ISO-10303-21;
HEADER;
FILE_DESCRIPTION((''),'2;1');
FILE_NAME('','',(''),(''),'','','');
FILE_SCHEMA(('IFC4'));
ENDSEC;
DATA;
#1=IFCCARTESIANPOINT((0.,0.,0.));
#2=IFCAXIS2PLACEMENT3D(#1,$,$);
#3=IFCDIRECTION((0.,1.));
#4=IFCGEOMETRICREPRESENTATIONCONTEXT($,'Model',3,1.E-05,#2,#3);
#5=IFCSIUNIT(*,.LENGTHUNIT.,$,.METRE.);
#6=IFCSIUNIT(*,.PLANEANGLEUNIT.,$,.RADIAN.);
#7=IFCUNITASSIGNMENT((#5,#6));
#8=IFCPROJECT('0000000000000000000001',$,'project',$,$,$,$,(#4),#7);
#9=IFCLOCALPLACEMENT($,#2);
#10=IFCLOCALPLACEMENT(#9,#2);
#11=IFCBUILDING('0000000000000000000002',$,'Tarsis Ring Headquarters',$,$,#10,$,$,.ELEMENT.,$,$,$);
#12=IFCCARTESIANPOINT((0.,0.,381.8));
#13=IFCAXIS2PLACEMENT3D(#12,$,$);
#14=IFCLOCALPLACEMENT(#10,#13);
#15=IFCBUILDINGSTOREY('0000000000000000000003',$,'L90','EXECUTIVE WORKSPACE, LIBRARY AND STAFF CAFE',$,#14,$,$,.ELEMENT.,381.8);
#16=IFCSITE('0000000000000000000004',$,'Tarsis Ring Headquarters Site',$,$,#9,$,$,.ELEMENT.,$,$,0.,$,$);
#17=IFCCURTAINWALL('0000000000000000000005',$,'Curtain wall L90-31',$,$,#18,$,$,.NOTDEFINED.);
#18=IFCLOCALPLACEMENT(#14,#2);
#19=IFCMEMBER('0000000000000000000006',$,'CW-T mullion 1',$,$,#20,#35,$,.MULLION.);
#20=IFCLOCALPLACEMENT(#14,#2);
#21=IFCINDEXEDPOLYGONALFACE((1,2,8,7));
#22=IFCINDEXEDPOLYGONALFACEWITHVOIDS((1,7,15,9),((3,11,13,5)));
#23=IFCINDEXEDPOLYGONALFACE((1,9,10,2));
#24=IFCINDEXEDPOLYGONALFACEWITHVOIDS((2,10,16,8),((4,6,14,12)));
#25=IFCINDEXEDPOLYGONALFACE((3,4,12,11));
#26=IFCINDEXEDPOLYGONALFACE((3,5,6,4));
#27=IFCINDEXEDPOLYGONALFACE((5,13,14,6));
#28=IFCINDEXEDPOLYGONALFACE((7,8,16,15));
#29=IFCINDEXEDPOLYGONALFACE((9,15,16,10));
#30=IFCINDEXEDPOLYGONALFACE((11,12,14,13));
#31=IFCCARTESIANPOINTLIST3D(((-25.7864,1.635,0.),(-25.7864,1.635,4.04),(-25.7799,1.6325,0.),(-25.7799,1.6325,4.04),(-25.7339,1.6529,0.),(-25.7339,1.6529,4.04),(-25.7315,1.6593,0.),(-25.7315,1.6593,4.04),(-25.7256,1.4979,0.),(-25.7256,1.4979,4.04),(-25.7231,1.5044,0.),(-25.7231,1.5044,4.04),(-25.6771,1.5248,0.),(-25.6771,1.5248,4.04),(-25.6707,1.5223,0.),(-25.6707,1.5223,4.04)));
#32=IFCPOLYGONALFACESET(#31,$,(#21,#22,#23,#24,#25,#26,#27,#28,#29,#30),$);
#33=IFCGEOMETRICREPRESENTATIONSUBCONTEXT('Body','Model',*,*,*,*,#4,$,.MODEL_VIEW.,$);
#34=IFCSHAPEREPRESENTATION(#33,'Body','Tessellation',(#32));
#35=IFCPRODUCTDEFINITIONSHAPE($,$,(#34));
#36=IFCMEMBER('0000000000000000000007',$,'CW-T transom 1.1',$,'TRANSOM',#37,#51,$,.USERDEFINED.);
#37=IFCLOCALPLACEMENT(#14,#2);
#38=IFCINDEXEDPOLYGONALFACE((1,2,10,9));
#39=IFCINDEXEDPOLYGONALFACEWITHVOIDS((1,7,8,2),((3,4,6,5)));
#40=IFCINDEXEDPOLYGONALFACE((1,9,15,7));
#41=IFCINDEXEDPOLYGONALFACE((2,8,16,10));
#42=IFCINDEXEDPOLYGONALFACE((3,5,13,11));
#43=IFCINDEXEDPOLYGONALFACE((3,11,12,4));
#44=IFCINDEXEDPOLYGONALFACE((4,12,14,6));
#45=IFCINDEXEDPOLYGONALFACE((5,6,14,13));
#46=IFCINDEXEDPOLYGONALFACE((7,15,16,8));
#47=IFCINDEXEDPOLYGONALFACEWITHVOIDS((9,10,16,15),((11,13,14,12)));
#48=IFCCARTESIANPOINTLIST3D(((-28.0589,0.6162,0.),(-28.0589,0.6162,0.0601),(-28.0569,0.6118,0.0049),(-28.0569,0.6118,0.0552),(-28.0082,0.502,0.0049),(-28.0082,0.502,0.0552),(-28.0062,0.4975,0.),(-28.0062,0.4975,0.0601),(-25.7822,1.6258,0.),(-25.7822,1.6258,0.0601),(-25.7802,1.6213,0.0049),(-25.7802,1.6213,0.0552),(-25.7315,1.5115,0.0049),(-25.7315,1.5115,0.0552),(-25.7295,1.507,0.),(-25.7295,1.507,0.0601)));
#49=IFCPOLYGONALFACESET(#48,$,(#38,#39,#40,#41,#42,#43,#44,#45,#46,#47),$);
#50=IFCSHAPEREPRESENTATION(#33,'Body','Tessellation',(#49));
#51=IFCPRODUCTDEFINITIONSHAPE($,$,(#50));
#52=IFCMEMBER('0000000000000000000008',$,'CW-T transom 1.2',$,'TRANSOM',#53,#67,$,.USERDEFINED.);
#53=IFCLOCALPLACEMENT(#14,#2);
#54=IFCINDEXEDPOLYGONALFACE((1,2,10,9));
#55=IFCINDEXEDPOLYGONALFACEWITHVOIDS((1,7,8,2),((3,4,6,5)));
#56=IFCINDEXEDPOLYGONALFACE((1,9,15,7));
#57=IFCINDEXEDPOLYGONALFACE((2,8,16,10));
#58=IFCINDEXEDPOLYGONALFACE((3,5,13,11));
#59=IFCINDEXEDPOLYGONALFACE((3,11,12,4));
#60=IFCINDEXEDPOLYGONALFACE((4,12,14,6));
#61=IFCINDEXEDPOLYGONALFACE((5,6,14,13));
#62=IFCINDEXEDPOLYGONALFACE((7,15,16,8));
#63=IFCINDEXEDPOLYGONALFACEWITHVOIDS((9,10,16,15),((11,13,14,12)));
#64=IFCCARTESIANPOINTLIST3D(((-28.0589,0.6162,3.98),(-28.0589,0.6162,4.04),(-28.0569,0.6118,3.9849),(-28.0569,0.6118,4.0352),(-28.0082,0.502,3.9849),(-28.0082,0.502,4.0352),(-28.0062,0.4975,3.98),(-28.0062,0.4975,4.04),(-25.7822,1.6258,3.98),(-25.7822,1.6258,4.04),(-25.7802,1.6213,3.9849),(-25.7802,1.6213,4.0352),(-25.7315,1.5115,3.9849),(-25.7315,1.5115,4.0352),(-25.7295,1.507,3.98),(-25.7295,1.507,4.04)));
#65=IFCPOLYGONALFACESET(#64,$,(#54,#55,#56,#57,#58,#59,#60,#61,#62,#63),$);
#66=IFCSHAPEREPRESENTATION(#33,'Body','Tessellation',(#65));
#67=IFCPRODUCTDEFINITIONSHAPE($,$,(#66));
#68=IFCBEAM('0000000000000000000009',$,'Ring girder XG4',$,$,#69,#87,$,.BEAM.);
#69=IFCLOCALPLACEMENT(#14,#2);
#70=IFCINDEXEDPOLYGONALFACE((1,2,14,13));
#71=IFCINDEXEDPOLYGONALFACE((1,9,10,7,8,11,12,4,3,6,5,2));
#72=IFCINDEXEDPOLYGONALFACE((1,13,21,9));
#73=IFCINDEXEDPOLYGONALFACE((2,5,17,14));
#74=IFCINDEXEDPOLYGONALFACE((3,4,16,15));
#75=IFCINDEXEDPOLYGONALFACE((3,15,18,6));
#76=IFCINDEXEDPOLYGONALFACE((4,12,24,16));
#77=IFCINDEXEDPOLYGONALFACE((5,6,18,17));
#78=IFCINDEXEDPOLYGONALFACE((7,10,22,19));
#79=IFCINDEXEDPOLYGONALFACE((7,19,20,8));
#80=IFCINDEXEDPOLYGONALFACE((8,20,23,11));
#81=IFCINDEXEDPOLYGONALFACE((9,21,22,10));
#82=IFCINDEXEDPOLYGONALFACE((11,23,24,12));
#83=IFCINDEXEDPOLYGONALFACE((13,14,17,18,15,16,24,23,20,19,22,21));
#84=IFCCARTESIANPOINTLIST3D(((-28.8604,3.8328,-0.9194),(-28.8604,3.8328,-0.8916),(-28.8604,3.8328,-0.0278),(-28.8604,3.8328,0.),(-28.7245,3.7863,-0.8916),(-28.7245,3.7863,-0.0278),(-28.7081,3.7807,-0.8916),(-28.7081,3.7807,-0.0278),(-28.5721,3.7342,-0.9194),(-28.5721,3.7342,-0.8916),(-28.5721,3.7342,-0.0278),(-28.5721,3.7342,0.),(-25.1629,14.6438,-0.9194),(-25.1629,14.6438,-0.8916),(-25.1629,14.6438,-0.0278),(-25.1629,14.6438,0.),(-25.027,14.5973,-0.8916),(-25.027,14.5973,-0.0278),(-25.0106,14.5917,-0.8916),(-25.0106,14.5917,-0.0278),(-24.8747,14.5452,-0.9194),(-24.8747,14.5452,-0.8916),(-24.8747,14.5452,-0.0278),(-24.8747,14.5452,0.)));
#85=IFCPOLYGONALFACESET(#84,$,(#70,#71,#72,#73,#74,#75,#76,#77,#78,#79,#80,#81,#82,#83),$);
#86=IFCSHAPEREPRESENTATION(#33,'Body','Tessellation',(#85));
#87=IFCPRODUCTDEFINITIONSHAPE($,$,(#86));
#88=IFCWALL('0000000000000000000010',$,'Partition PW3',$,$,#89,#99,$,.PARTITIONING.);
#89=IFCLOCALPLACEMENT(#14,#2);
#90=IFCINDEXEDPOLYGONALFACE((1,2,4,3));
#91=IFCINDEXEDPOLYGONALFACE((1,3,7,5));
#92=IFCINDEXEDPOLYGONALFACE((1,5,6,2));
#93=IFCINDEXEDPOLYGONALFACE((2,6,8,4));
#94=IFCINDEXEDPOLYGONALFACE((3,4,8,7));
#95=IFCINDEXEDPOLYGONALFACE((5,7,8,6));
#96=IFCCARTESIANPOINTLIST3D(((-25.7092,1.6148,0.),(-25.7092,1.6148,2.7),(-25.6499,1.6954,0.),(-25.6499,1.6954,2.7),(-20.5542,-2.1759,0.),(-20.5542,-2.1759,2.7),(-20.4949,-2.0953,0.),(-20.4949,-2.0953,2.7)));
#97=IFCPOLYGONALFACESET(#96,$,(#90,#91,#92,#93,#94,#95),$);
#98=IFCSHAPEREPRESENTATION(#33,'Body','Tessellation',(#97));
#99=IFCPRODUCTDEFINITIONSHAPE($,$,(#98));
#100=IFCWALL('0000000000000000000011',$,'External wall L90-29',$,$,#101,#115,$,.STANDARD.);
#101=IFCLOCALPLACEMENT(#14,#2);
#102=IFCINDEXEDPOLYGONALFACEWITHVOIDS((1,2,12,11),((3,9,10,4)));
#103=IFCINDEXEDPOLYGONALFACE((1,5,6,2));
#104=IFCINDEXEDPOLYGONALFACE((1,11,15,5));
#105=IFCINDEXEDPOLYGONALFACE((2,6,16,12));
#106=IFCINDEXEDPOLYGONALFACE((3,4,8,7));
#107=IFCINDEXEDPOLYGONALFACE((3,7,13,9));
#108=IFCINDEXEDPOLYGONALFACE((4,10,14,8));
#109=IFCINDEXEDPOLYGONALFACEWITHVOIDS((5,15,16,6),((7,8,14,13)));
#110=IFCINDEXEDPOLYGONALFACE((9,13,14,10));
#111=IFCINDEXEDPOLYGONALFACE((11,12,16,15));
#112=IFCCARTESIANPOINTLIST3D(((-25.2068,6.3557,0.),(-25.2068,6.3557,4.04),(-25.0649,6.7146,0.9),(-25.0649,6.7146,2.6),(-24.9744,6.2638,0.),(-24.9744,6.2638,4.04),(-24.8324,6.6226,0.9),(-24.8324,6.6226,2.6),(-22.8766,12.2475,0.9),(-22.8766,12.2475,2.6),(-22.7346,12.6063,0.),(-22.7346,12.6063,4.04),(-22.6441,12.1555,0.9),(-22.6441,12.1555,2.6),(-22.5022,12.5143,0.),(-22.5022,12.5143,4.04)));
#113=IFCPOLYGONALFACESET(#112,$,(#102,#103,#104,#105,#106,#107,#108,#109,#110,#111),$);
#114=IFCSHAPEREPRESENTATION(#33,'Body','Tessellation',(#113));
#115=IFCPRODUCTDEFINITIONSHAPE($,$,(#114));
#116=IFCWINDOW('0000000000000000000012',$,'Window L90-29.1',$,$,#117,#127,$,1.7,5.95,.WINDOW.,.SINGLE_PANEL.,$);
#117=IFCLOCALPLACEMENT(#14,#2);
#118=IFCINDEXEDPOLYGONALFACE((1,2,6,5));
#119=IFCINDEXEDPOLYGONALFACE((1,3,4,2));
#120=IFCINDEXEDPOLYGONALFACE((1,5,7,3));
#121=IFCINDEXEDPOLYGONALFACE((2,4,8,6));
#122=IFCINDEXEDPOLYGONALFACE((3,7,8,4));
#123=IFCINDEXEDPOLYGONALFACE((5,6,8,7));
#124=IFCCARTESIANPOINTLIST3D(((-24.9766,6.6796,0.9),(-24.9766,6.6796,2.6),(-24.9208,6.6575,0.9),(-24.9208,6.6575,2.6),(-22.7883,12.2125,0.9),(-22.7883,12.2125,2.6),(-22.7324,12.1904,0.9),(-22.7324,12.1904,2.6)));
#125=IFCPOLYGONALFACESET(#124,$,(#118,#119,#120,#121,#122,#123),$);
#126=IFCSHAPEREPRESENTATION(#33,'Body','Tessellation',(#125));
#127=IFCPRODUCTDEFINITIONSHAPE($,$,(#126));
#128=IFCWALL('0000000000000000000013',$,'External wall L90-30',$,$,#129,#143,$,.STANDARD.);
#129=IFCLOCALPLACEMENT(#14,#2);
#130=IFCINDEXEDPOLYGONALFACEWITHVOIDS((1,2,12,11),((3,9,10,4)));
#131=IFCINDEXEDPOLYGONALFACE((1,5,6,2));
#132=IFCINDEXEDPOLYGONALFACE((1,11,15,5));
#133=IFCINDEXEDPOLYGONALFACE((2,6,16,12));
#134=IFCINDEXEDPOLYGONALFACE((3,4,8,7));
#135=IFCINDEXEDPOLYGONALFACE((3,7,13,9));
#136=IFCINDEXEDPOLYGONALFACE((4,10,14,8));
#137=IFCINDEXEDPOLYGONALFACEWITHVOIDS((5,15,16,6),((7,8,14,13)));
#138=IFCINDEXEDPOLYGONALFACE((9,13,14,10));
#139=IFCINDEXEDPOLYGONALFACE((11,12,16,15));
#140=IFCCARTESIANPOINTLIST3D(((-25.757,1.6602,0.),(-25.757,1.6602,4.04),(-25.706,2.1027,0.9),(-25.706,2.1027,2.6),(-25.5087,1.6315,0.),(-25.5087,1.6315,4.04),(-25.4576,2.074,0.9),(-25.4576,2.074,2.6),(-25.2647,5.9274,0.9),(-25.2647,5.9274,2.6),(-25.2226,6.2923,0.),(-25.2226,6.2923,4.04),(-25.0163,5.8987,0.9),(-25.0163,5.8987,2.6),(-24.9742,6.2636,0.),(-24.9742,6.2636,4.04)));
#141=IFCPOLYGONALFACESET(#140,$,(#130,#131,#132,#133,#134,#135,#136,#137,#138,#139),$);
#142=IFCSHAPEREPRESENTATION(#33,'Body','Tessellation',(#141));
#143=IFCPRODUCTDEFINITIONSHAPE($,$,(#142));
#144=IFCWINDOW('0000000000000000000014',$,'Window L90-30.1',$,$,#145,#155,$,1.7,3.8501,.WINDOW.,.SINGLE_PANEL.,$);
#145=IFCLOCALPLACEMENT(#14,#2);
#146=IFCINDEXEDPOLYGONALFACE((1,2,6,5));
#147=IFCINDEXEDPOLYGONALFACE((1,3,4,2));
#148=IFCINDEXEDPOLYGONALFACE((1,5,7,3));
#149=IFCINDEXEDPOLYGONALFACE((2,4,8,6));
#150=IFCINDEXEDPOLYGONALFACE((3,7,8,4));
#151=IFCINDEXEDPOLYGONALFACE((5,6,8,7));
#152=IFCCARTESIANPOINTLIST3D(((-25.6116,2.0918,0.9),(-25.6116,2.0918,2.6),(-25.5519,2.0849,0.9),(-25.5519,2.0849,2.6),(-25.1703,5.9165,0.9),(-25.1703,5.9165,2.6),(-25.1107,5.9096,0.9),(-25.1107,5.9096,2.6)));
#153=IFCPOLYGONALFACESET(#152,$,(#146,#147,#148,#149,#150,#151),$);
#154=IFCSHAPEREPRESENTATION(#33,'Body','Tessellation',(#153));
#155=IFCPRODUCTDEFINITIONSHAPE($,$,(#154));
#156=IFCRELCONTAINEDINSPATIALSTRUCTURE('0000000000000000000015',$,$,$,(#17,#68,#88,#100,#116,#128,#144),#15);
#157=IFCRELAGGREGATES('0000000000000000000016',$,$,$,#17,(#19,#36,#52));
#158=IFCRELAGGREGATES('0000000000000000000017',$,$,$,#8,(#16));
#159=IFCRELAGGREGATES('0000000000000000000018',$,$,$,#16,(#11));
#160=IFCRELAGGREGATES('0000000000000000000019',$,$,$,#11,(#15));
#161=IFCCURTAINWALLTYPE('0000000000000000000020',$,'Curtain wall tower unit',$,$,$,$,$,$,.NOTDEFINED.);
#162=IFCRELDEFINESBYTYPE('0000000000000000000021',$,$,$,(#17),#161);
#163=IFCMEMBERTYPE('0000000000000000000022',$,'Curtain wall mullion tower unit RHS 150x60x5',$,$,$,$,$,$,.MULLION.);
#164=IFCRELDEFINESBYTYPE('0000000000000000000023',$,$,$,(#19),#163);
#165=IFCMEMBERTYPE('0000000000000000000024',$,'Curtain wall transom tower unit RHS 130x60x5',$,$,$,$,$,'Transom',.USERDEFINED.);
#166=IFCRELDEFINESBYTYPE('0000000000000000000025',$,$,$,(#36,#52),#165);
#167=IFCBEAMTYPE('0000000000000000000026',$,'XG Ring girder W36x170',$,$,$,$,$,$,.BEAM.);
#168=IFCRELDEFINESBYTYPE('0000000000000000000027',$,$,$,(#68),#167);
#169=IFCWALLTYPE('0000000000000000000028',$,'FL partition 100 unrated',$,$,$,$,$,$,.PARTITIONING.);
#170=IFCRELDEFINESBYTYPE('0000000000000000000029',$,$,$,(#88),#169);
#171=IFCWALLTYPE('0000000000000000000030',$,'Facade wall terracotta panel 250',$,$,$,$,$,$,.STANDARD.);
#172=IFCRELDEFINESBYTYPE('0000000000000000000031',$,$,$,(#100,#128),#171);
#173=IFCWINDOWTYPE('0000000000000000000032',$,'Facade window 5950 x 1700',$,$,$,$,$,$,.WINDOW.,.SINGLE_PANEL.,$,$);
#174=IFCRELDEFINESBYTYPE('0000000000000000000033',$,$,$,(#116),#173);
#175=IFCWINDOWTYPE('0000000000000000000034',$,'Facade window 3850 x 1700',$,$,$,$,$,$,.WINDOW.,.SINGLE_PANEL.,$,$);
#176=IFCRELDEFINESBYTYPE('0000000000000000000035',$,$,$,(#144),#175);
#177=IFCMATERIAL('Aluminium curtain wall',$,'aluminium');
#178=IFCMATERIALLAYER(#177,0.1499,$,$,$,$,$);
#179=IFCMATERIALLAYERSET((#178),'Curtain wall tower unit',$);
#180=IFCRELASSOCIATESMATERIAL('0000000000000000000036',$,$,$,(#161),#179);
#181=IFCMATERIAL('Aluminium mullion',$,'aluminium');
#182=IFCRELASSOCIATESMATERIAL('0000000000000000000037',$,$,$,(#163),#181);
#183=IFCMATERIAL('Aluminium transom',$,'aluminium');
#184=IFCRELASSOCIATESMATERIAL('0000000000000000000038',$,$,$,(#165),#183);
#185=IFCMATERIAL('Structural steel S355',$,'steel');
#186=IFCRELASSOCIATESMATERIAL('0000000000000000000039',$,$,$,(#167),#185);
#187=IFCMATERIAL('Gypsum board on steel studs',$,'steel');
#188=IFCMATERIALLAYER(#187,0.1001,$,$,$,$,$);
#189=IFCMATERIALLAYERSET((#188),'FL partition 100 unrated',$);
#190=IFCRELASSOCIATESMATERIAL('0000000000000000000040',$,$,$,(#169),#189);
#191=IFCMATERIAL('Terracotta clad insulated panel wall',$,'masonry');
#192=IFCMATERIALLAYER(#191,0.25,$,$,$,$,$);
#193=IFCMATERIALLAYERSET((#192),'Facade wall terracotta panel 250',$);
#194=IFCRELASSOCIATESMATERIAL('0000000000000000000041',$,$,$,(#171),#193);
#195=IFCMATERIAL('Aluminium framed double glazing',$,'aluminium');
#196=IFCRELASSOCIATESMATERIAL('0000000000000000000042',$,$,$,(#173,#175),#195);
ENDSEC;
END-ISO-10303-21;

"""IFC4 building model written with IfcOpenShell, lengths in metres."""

from ifc_helpers import new_model, si_unit, direction, frame, frame_2d, origin, origin_2d, place, context, subcontext, project, spatial, rectangle, hollow_rectangle, i_section, extrude, material, layer, layer_set, material_profile, profile_set, type_object, element, fill, aggregate, save


model = new_model("IFC4")

# Units and contexts
model_context = context("Model", 3, precision=1e-05, world=origin(), true_north=direction((0.0, 1.0)))
body_context = subcontext(model_context, "Body", "Model", "MODEL_VIEW")
ifc_project = project(units=[si_unit("LENGTHUNIT", "METRE"), si_unit("PLANEANGLEUNIT", "RADIAN")], contexts=[model_context])

# Site, building, storey
site_placement = place(None, origin())
site = spatial("IfcSite", under=ifc_project, at=site_placement, Name="Tarsis Ring Headquarters Site", CompositionType="ELEMENT", RefElevation=0.0)
building_placement = place(site_placement, origin())
building = spatial("IfcBuilding", under=site, at=building_placement, Name="Tarsis Ring Headquarters", CompositionType="ELEMENT")
storey_placement = place(building_placement, frame((0.0, 0.0, 381.8)))
storey = spatial("IfcBuildingStorey", under=building, at=storey_placement, Name="L90", Description="EXECUTIVE WORKSPACE, LIBRARY AND STAFF CAFE", CompositionType="ELEMENT", Elevation=381.8)

# Curtain wall, members
ifc_material_1 = material(Name="Aluminium curtain wall", Category="aluminium")
ifc_layer_1 = layer(ifc_material_1, 0.1499)
ifc_layer_set_1 = layer_set([ifc_layer_1], Name="Curtain wall tower unit")
curtain_wall_type = type_object("IfcCurtainWallType", Name="Curtain wall tower unit", PredefinedType="NOTDEFINED", material=ifc_layer_set_1)
curtain_wall_placement = place(storey_placement, origin())
curtain_wall = element("IfcCurtainWall", 1, at=curtain_wall_placement, inside=storey, type_object=curtain_wall_type, Name="Curtain wall L90-31", PredefinedType="NOTDEFINED")
ifc_material_2 = material(Name="Aluminium mullion", Category="aluminium")
ifc_material_profile_1 = material_profile(ifc_material_2, hollow_rectangle(XDim=0.1499, YDim=0.0601, WallThickness=0.0049, at=origin_2d()), Name="RHS 150x60x5")
ifc_profile_set_1 = profile_set([ifc_material_profile_1], Name="Aluminium mullion")
member_type_1 = type_object("IfcMemberType", Name="Curtain wall mullion tower unit RHS 150x60x5", PredefinedType="MULLION", material=ifc_profile_set_1)
member_1_placement = place(storey_placement, frame((-25.7285, 1.5786, 0.0), z_axis=(0.0, 0.0, 1.0), x_axis=(0.405461, -0.914112, 0.0)))
member_1 = element("IfcMember", 2, at=member_1_placement, type_object=member_type_1, Name="CW-T mullion 1", PredefinedType="MULLION", context=body_context, shape_type="SweptSolid", body=[
    extrude(hollow_rectangle(XDim=0.1499, YDim=0.0601, WallThickness=0.0049, at=origin_2d()), origin(), (0.0, 0.0, 1.0), 4.04),
])
ifc_material_3 = material(Name="Aluminium transom", Category="aluminium")
ifc_material_profile_2 = material_profile(ifc_material_3, hollow_rectangle(XDim=0.1299, YDim=0.0601, WallThickness=0.0049, at=origin_2d()), Name="RHS 130x60x5")
ifc_profile_set_2 = profile_set([ifc_material_profile_2], Name="Aluminium transom")
member_type_2 = type_object("IfcMemberType", Name="Curtain wall transom tower unit RHS 130x60x5", ElementType="Transom", PredefinedType="USERDEFINED", material=ifc_profile_set_2)
member_2_placement = place(storey_placement, frame((-25.7559, 1.5664, 0.03), z_axis=(-0.914155, -0.405365, 0.0), x_axis=(0.405365, -0.914155, 0.0)))
member_2 = element("IfcMember", 3, at=member_2_placement, type_object=member_type_2, Name="CW-T transom 1.1", ObjectType="TRANSOM", PredefinedType="USERDEFINED", context=body_context, shape_type="SweptSolid", body=[
    extrude(hollow_rectangle(XDim=0.1299, YDim=0.0601, WallThickness=0.0049, at=origin_2d()), origin(), (0.0, 0.0, 1.0), 2.4905),
])
member_3_placement = place(storey_placement, frame((-25.7559, 1.5664, 4.01), z_axis=(-0.914155, -0.405365, 0.0), x_axis=(0.405365, -0.914155, 0.0)))
member_3 = element("IfcMember", 4, at=member_3_placement, type_object=member_type_2, Name="CW-T transom 1.2", ObjectType="TRANSOM", PredefinedType="USERDEFINED", context=body_context, shape_type="SweptSolid", body=[
    extrude(hollow_rectangle(XDim=0.1299, YDim=0.0601, WallThickness=0.0049, at=origin_2d()), origin(), (0.0, 0.0, 1.0), 2.4905),
])
aggregate(curtain_wall, [member_1, member_2, member_3])

# Beam
ifc_material_4 = material(Name="Structural steel S355", Category="steel")
ifc_material_profile_3 = material_profile(ifc_material_4, i_section(OverallWidth=0.3047, OverallDepth=0.9194, WebThickness=0.0173, FlangeThickness=0.0278, at=origin_2d()), Name="W36x170")
ifc_profile_set_3 = profile_set([ifc_material_profile_3], Name="Structural steel S355")
beam_type = type_object("IfcBeamType", Name="XG Ring girder W36x170", PredefinedType="BEAM", material=ifc_profile_set_3)
beam_placement = place(storey_placement, frame((-25.0188, 14.5945, -0.4597), z_axis=(-0.323609, -0.946191, 0.0), x_axis=(0.946191, -0.323609, 0.0)))
element("IfcBeam", 5, at=beam_placement, inside=storey, type_object=beam_type, Name="Ring girder XG4", PredefinedType="BEAM", context=body_context, shape_type="SweptSolid", body=[
    extrude(i_section(OverallWidth=0.3047, OverallDepth=0.9194, WebThickness=0.0173, FlangeThickness=0.0278, at=origin_2d()), origin(), (0.0, 0.0, 1.0), 11.4258),
])

# Wall
ifc_material_5 = material(Name="Gypsum board on steel studs", Category="steel")
ifc_layer_2 = layer(ifc_material_5, 0.1001)
ifc_layer_set_2 = layer_set([ifc_layer_2], Name="FL partition 100 unrated")
wall_type_1 = type_object("IfcWallType", Name="FL partition 100 unrated", PredefinedType="PARTITIONING", material=ifc_layer_set_2)
wall_1_placement = place(storey_placement, frame((-25.6794, 1.655, 0.0), z_axis=(0.0, 0.0, 1.0), x_axis=(0.805628, -0.592422, 0.0)))
element("IfcWall", 6, at=wall_1_placement, inside=storey, type_object=wall_type_1, Name="Partition PW3", PredefinedType="PARTITIONING", context=body_context, shape_type="SweptSolid", body=[
    extrude(rectangle(XDim=6.3987, YDim=0.1001, at=frame_2d((3.1992, 0.0))), origin(), (0.0, 0.0, 1.0), 2.7),
])

# Walls, openings, windows
ifc_material_6 = material(Name="Terracotta clad insulated panel wall", Category="masonry")
ifc_layer_3 = layer(ifc_material_6, 0.25)
ifc_layer_set_3 = layer_set([ifc_layer_3], Name="Facade wall terracotta panel 250")
wall_type_2 = type_object("IfcWallType", Name="Facade wall terracotta panel 250", PredefinedType="STANDARD", material=ifc_layer_set_3)
wall_2_placement = place(storey_placement, frame((-22.6184, 12.5603, 0.0), z_axis=(0.0, 0.0, 1.0), x_axis=(-0.367793, -0.929908, 0.0)))
wall_2 = element("IfcWall", 7, at=wall_2_placement, inside=storey, type_object=wall_type_2, Name="External wall L90-29", PredefinedType="STANDARD", context=body_context, shape_type="SweptSolid", body=[
    extrude(rectangle(XDim=6.7217, YDim=0.25, at=frame_2d((3.3608, 0.0))), origin(), (0.0, 0.0, 1.0), 4.04),
])
opening_1_placement = place(wall_2_placement, frame((0.3857, 0.0, 0.8999)))
opening_1 = element("IfcOpeningElement", 8, at=opening_1_placement, cuts=wall_2, PredefinedType="OPENING", context=body_context, shape_type="SweptSolid", body=[
    extrude(rectangle(XDim=5.95, YDim=1.7, at=frame_2d((2.9751, 0.8501))), frame((0.0, 0.135, 0.0), z_axis=(0.0, -1.0, 0.0), x_axis=(1.0, 0.0, 0.0)), (0.0, 0.0, 1.0), 0.27),
])
ifc_material_7 = material(Name="Aluminium framed double glazing", Category="aluminium")
window_type_1 = type_object("IfcWindowType", Name="Facade window 5950 x 1700", PartitioningType="SINGLE_PANEL", PredefinedType="WINDOW", material=ifc_material_7)
window_1_placement = place(opening_1_placement, origin())
window_1 = element("IfcWindow", 9, at=window_1_placement, inside=storey, type_object=window_type_1, Name="Window L90-29.1", OverallHeight=1.7, OverallWidth=5.95, PartitioningType="SINGLE_PANEL", PredefinedType="WINDOW", context=body_context, shape_type="SweptSolid", body=[
    extrude(rectangle(XDim=5.95, YDim=1.7, at=frame_2d((2.9751, 0.8501))), frame((0.0, 0.03, 0.0), z_axis=(0.0, -1.0, 0.0), x_axis=(1.0, 0.0, 0.0)), (0.0, 0.0, 1.0), 0.0601),
])
fill(opening_1, window_1)
wall_3_placement = place(storey_placement, frame((-25.0984, 6.2781, 0.0), z_axis=(0.0, 0.0, 1.0), x_axis=(-0.114614, -0.99341, 0.0)))
wall_3 = element("IfcWall", 10, at=wall_3_placement, inside=storey, type_object=wall_type_2, Name="External wall L90-30", PredefinedType="STANDARD", context=body_context, shape_type="SweptSolid", body=[
    extrude(rectangle(XDim=4.6628, YDim=0.25, at=frame_2d((2.3315, 0.0))), origin(), (0.0, 0.0, 1.0), 4.04),
])
opening_2_placement = place(wall_3_placement, frame((0.3674, 0.0, 0.8999)))
opening_2 = element("IfcOpeningElement", 11, at=opening_2_placement, cuts=wall_3, PredefinedType="OPENING", context=body_context, shape_type="SweptSolid", body=[
    extrude(rectangle(XDim=3.8501, YDim=1.7, at=frame_2d((1.925, 0.8501))), frame((0.0, 0.135, 0.0), z_axis=(0.0, -1.0, 0.0), x_axis=(1.0, 0.0, 0.0)), (0.0, 0.0, 1.0), 0.27),
])
window_type_2 = type_object("IfcWindowType", Name="Facade window 3850 x 1700", PartitioningType="SINGLE_PANEL", PredefinedType="WINDOW", material=ifc_material_7)
window_2_placement = place(opening_2_placement, origin())
window_2 = element("IfcWindow", 12, at=window_2_placement, inside=storey, type_object=window_type_2, Name="Window L90-30.1", OverallHeight=1.7, OverallWidth=3.8501, PartitioningType="SINGLE_PANEL", PredefinedType="WINDOW", context=body_context, shape_type="SweptSolid", body=[
    extrude(rectangle(XDim=3.8501, YDim=1.7, at=frame_2d((1.925, 0.8501))), frame((0.0, 0.03, 0.0), z_axis=(0.0, -1.0, 0.0), x_axis=(1.0, 0.0, 0.0)), (0.0, 0.0, 1.0), 0.0601),
])
fill(opening_2, window_2)

save(model, "model.ifc")
